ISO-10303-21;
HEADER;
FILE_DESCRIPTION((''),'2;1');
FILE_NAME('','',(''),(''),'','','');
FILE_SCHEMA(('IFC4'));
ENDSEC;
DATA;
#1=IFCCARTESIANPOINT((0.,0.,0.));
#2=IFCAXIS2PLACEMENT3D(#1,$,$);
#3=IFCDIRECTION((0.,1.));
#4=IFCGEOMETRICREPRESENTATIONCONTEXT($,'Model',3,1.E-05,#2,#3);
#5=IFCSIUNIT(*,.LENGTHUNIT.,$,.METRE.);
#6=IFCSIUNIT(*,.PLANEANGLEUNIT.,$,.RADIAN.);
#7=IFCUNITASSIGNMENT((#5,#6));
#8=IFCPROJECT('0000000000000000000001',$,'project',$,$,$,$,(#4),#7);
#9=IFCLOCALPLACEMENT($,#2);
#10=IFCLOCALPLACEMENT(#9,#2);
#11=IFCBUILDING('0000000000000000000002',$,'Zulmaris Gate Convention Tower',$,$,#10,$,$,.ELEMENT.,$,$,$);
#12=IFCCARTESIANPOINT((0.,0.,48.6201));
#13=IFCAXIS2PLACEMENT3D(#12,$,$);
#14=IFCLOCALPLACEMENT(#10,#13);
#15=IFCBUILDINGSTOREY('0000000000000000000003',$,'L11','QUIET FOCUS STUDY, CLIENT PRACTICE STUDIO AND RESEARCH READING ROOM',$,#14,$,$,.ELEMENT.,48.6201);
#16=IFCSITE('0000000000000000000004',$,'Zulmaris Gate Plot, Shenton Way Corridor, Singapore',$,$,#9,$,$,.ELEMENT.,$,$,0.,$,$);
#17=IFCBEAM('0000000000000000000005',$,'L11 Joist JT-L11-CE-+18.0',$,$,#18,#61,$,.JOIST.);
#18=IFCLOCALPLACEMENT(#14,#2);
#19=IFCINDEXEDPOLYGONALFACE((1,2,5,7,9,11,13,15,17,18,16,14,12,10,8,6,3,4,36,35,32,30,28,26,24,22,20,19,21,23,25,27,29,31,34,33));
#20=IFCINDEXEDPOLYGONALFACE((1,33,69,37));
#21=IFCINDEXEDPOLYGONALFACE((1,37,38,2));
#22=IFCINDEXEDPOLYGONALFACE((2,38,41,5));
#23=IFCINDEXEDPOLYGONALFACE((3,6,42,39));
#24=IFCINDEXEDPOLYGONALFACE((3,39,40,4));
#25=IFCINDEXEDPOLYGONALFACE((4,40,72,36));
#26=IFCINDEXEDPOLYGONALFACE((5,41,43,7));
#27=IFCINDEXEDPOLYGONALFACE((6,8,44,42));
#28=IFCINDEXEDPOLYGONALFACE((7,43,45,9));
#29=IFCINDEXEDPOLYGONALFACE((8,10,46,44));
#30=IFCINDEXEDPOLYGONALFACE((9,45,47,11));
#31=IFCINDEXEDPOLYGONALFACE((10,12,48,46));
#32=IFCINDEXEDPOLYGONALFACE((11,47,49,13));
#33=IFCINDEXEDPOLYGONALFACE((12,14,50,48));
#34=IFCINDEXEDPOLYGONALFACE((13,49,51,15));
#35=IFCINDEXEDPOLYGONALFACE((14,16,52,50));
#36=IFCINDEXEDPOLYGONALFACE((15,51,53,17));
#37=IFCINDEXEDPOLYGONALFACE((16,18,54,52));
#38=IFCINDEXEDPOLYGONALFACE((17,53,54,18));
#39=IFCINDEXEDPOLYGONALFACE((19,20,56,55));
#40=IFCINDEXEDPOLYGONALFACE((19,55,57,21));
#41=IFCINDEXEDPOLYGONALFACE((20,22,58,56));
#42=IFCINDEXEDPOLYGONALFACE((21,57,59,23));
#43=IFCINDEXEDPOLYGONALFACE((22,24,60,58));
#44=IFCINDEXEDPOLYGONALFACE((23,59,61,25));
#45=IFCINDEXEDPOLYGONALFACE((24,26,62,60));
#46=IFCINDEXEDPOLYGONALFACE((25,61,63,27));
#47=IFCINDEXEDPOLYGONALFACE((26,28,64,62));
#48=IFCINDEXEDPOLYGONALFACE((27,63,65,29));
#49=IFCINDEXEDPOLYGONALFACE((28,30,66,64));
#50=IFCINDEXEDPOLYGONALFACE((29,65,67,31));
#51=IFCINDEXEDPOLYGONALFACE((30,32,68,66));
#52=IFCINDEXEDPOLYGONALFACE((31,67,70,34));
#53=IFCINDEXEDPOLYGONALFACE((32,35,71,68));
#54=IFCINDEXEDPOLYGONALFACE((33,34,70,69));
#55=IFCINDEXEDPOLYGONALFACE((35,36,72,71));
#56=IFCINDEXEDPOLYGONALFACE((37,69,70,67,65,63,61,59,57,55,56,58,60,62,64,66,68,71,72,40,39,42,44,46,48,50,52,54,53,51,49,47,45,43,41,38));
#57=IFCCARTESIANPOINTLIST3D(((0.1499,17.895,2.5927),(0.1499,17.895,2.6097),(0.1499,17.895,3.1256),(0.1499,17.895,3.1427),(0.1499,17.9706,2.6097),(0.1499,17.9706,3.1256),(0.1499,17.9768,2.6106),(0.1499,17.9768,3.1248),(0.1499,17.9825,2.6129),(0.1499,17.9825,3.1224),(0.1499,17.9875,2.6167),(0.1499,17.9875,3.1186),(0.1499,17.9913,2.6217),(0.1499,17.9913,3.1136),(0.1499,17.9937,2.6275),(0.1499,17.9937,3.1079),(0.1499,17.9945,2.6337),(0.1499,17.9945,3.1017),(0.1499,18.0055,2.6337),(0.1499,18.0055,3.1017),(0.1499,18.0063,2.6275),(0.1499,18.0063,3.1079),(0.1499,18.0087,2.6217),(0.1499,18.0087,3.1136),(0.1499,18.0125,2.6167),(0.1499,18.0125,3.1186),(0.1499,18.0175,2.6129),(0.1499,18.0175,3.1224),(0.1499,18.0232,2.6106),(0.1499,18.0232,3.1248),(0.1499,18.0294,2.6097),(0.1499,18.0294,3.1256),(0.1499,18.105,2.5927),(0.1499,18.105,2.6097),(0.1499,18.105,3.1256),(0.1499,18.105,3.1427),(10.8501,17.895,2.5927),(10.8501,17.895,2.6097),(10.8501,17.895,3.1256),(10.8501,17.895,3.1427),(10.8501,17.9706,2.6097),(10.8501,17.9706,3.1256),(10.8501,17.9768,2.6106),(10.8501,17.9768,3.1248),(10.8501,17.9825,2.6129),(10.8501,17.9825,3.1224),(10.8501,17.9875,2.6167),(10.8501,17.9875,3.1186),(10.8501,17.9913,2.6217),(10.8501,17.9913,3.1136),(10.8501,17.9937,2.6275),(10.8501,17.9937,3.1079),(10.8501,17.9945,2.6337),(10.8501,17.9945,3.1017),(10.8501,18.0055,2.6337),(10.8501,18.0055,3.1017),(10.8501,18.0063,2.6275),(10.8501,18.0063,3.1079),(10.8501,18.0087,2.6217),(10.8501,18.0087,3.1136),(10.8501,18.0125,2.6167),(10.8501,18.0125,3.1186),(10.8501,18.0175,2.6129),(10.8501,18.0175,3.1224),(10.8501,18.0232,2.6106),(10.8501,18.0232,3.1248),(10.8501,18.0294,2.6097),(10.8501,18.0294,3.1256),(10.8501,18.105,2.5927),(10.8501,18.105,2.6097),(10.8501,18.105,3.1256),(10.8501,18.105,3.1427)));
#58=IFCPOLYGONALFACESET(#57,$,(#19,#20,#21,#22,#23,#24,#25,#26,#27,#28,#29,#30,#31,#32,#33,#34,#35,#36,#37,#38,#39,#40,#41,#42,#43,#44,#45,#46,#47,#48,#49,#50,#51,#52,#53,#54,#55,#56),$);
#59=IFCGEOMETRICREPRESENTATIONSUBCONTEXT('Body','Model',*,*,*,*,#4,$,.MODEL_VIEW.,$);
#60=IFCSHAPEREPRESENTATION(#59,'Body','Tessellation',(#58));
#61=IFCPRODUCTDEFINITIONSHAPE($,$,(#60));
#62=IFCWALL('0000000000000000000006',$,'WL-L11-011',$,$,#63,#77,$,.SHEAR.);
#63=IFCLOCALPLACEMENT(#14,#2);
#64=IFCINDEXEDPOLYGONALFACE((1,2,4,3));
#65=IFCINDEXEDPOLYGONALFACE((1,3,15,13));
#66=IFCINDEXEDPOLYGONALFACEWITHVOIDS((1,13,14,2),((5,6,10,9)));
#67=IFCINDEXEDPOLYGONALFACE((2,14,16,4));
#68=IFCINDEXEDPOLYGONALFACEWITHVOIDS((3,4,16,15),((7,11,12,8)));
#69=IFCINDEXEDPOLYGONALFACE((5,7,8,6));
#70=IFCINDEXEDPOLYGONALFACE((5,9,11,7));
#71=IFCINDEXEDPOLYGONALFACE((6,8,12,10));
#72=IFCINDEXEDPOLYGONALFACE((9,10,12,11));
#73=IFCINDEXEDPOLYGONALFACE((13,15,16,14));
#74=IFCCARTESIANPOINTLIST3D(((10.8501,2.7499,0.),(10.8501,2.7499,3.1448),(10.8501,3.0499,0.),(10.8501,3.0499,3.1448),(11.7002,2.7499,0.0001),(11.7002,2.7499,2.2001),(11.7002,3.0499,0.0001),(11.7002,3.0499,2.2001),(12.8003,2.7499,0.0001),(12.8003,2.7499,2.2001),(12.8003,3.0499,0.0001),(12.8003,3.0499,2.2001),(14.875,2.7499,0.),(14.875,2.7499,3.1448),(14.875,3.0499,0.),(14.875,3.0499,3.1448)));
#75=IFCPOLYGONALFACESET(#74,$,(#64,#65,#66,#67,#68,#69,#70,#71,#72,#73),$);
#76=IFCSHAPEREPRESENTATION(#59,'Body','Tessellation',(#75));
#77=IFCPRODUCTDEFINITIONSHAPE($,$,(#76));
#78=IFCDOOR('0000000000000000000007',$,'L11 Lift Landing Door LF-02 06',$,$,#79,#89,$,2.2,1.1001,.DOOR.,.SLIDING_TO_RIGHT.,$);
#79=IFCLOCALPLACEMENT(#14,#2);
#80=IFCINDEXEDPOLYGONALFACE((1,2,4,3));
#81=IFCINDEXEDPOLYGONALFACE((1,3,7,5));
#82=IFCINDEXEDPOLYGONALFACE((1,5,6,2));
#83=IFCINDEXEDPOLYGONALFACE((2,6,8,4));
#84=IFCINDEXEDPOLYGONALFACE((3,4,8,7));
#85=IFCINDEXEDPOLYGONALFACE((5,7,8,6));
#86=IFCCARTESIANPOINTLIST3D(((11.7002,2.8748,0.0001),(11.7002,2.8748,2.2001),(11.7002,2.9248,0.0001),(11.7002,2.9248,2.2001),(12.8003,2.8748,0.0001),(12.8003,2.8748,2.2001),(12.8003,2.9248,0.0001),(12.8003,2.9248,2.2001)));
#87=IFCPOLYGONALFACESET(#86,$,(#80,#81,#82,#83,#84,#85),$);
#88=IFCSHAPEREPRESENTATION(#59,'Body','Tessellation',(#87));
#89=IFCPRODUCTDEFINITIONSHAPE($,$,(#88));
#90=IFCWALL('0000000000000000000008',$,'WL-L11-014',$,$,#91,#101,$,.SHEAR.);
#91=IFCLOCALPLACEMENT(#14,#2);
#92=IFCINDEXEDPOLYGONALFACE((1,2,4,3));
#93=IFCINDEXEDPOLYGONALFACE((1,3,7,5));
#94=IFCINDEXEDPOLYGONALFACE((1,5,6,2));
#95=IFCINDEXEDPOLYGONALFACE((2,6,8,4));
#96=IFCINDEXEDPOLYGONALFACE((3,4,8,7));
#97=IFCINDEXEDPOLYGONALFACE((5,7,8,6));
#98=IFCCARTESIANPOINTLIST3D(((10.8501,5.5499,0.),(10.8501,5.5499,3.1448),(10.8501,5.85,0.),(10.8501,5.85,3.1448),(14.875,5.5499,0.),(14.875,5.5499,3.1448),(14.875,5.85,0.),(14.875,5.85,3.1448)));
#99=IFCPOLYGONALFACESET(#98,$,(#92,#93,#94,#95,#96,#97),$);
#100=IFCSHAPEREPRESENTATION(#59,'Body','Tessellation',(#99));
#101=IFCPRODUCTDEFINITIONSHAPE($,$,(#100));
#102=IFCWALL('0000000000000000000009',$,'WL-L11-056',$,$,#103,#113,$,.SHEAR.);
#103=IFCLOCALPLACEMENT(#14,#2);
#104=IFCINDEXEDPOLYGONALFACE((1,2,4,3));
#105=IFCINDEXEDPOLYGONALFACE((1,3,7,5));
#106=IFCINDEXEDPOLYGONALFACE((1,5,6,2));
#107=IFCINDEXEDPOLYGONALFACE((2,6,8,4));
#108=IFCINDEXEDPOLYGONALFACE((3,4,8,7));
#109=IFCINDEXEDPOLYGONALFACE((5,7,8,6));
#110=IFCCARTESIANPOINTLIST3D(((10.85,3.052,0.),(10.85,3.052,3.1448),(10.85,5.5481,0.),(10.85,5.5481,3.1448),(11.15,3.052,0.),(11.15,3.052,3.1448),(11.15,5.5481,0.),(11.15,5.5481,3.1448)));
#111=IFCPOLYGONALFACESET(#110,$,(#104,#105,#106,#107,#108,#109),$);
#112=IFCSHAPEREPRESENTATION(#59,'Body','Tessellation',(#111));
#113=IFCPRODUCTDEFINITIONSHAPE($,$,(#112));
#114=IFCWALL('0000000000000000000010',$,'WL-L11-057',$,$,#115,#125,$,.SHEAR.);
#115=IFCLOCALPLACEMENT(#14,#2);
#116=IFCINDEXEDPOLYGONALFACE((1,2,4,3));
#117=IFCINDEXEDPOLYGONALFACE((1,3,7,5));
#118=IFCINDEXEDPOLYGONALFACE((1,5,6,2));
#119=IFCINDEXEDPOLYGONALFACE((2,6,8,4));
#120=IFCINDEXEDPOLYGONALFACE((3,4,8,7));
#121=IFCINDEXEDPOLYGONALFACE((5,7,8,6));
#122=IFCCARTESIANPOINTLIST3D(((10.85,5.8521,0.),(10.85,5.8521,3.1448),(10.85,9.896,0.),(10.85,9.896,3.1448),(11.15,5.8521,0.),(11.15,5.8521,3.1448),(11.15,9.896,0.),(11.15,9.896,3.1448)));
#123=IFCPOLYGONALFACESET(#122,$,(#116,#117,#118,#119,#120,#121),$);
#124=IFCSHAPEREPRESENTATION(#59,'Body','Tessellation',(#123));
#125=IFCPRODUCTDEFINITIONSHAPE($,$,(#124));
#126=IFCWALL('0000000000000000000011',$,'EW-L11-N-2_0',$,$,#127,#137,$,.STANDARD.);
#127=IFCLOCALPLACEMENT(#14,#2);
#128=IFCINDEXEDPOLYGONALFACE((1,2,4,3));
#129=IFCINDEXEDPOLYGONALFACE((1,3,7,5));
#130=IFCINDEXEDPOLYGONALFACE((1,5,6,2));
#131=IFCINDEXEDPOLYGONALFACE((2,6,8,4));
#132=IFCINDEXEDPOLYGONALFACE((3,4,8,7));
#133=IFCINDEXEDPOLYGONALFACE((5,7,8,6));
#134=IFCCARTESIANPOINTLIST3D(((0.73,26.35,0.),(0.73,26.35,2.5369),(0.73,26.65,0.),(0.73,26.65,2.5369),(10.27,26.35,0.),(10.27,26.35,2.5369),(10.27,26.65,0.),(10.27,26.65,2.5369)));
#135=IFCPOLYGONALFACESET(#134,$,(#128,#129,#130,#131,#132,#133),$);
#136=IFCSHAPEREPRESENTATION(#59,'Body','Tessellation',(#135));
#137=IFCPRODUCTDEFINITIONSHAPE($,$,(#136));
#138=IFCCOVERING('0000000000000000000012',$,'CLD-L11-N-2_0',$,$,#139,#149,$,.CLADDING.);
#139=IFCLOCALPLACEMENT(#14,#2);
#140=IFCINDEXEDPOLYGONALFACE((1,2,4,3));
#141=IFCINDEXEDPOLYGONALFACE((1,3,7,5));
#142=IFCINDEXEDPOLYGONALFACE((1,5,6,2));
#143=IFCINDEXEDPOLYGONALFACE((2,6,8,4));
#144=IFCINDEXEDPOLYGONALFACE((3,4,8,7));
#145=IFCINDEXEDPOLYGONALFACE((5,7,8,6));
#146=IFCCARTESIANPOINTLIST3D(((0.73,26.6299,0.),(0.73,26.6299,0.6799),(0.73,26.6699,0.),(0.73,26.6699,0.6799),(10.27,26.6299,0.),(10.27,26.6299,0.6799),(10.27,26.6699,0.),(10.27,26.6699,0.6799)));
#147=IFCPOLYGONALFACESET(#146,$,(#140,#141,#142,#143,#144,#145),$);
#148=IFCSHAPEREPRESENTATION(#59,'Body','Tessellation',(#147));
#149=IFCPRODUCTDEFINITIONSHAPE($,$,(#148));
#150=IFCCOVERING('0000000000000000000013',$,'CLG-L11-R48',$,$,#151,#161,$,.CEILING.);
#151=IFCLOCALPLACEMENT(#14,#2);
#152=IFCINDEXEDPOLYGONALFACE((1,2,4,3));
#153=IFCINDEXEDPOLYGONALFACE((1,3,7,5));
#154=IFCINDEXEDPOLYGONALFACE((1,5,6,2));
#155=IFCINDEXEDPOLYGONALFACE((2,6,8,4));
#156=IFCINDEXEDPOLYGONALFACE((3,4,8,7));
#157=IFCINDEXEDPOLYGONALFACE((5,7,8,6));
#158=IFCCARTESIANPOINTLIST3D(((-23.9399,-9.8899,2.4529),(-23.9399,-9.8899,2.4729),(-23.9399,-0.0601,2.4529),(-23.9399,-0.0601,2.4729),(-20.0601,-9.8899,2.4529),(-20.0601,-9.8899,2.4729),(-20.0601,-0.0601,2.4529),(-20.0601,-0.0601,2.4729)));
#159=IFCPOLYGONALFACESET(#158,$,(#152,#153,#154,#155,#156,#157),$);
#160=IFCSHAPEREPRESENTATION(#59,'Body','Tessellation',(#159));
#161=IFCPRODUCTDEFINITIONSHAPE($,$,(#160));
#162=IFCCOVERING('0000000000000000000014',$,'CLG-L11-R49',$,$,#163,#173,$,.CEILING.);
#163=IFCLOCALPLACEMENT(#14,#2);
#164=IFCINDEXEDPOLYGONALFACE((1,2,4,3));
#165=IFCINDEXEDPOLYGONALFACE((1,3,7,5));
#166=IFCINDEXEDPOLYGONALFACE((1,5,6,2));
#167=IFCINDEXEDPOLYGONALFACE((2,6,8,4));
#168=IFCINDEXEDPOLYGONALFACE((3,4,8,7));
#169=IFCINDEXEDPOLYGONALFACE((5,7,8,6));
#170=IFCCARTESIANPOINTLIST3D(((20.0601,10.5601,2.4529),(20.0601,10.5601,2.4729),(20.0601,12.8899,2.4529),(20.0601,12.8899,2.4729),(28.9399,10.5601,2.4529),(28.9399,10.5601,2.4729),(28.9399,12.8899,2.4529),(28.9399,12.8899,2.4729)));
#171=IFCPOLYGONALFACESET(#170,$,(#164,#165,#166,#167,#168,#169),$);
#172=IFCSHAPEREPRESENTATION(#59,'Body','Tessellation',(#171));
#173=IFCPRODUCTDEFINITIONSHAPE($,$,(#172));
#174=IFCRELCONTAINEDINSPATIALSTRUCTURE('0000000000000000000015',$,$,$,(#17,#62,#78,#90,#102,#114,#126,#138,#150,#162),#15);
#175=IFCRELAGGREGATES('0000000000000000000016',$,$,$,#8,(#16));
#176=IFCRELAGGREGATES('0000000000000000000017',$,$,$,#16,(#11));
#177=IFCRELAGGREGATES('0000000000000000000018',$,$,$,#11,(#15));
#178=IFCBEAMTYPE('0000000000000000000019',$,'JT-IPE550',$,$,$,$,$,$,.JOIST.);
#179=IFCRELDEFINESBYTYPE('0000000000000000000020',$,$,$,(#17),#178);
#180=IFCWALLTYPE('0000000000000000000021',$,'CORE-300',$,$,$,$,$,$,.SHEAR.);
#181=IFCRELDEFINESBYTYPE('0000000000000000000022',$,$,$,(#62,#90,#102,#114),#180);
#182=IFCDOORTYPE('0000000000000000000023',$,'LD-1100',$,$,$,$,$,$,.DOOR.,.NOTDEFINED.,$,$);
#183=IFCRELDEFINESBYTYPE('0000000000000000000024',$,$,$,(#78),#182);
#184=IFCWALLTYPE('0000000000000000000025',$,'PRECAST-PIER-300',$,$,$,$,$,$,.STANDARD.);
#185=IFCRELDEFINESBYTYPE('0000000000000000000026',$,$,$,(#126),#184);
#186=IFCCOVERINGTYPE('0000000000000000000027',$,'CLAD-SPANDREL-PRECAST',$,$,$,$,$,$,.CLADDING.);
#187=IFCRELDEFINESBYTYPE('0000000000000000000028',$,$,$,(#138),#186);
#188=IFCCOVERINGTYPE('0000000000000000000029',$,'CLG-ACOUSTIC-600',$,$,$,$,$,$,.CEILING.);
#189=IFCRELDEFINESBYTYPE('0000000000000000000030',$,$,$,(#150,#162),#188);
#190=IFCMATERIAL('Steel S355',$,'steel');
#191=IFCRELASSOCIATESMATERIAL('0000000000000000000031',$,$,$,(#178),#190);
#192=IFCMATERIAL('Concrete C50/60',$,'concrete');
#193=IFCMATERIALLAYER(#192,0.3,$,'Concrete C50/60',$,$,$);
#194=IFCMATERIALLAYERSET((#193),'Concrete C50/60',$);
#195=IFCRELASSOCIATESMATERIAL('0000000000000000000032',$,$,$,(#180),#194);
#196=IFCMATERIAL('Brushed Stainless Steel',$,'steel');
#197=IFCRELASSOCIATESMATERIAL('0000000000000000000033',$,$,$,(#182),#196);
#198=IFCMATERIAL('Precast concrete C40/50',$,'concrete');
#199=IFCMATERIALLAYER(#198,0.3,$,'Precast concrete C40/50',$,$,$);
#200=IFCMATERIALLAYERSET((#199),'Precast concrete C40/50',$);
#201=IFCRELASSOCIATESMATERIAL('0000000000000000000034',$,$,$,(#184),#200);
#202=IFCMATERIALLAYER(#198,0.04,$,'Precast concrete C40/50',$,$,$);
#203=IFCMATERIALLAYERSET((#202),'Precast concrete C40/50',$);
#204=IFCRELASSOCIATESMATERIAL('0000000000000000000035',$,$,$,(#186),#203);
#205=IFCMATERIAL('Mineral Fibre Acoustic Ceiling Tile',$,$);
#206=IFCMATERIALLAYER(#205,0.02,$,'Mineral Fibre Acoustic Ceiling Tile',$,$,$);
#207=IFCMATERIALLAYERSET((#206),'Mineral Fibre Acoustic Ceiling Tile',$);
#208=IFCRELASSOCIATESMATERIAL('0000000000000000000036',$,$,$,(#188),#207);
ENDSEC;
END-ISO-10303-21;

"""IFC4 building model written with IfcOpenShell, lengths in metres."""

from ifc_helpers import new_model, si_unit, direction, frame, frame_2d, origin, origin_2d, place, context, subcontext, project, spatial, polyline, rectangle, i_section, outline, extrude, material, layer, layer_set, material_profile, profile_set, type_object, element, fill, save


model = new_model("IFC4")

# Units and contexts
model_context = context("Model", 3, precision=1e-05, world=origin(), true_north=direction((0.0, 1.0)))
body_context = subcontext(model_context, "Body", "Model", "MODEL_VIEW")
ifc_project = project(units=[si_unit("LENGTHUNIT", "METRE"), si_unit("PLANEANGLEUNIT", "RADIAN")], contexts=[model_context])

# Site, building, storey
site_placement = place(None, origin())
site = spatial("IfcSite", under=ifc_project, at=site_placement, Name="Zulmaris Gate Plot, Shenton Way Corridor, Singapore", CompositionType="ELEMENT", RefElevation=0.0)
building_placement = place(site_placement, origin())
building = spatial("IfcBuilding", under=site, at=building_placement, Name="Zulmaris Gate Convention Tower", CompositionType="ELEMENT")
storey_placement = place(building_placement, frame((0.0, 0.0, 48.6201)))
storey = spatial("IfcBuildingStorey", under=building, at=storey_placement, Name="L11", Description="QUIET FOCUS STUDY, CLIENT PRACTICE STUDIO AND RESEARCH READING ROOM", CompositionType="ELEMENT", Elevation=48.6201)

# Beam
ifc_material_1 = material(Name="Steel S355", Category="steel")
ifc_material_profile_1 = material_profile(ifc_material_1, i_section(OverallWidth=0.21, OverallDepth=0.55, WebThickness=0.011, FlangeThickness=0.0171, FilletRadius=0.0239, at=origin_2d()), Name="IPE 550")
ifc_profile_set_1 = profile_set([ifc_material_profile_1], Name="Steel S355")
beam_type_1 = type_object("IfcBeamType", Name="JT-IPE550", PredefinedType="JOIST", material=ifc_profile_set_1)
for number, where, z_axis, x_axis, name in (
    (1, (0.1499, 18.0, 2.8677), (1.0, 0.0, 0.0), (0.0, 1.0, 0.0), "L11 Joist JT-L11-CE-+18.0"),
):
    element("IfcBeam", number, at=place(storey_placement, frame(where, z_axis=z_axis, x_axis=x_axis)), inside=storey, type_object=beam_type_1, Name=name, PredefinedType="JOIST", context=body_context, shape_type="SweptSolid", body=[
        extrude(i_section(OverallWidth=0.21, OverallDepth=0.55, WebThickness=0.011, FlangeThickness=0.0171, FilletRadius=0.0239, at=origin_2d()), origin(), (0.0, 0.0, 1.0), 10.7002),
    ])

# Wall, opening, door
ifc_material_2 = material(Name="Concrete C50/60", Category="concrete")
ifc_layer_1 = layer(ifc_material_2, 0.3, Name="Concrete C50/60")
ifc_layer_set_1 = layer_set([ifc_layer_1], Name="Concrete C50/60")
wall_type_1 = type_object("IfcWallType", Name="CORE-300", PredefinedType="SHEAR", material=ifc_layer_set_1)
wall_1_placement = place(storey_placement, frame((10.8501, 2.8999, 0.0), z_axis=(0.0, 0.0, 1.0), x_axis=(1.0, 0.0, 0.0)))
wall_1 = element("IfcWall", 2, at=wall_1_placement, inside=storey, type_object=wall_type_1, Name="WL-L11-011", PredefinedType="SHEAR", context=body_context, shape_type="SweptSolid", body=[
    extrude(rectangle(XDim=4.0249, YDim=0.3, at=frame_2d((2.0125, 0.0))), origin(), (0.0, 0.0, 1.0), 3.1448),
])
opening_1_placement = place(wall_1_placement, frame((0.8501, 0.0, 0.0)))
opening_1 = element("IfcOpeningElement", 3, at=opening_1_placement, cuts=wall_1, PredefinedType="OPENING", context=body_context, shape_type="SweptSolid", body=[
    extrude(rectangle(XDim=1.1001, YDim=2.2, at=frame_2d((0.55, 1.1001))), frame((0.0, 0.1602, 0.0), z_axis=(0.0, -1.0, 0.0), x_axis=(1.0, 0.0, 0.0)), (0.0, 0.0, 1.0), 0.3201),
])
ifc_material_3 = material(Name="Brushed Stainless Steel", Category="steel")
door_type_1 = type_object("IfcDoorType", Name="LD-1100", OperationType="NOTDEFINED", PredefinedType="DOOR", material=ifc_material_3)
door_1_placement = place(opening_1_placement, origin())
door_1 = element("IfcDoor", 4, at=door_1_placement, inside=storey, type_object=door_type_1, Name="L11 Lift Landing Door LF-02 06", OperationType="SLIDING_TO_RIGHT", OverallHeight=2.2, OverallWidth=1.1001, PredefinedType="DOOR", context=body_context, shape_type="SweptSolid", body=[
    extrude(rectangle(XDim=1.1001, YDim=2.2, at=frame_2d((0.55, 1.1001))), frame((0.0, 0.0249, 0.0), z_axis=(0.0, -1.0, 0.0), x_axis=(1.0, 0.0, 0.0)), (0.0, 0.0, 1.0), 0.05),
])
fill(opening_1, door_1)

# Wall
wall_2_placement = place(storey_placement, frame((10.8501, 5.7, 0.0), z_axis=(0.0, 0.0, 1.0), x_axis=(1.0, 0.0, 0.0)))
element("IfcWall", 5, at=wall_2_placement, inside=storey, type_object=wall_type_1, Name="WL-L11-014", PredefinedType="SHEAR", context=body_context, shape_type="SweptSolid", body=[
    extrude(rectangle(XDim=4.0249, YDim=0.3, at=frame_2d((2.0125, 0.0))), origin(), (0.0, 0.0, 1.0), 3.1448),
])

# Walls
wall_3_placement = place(storey_placement, frame((11.0, 3.052, 0.0), z_axis=(0.0, 0.0, 1.0), x_axis=(0.0, 1.0, 0.0)))
element("IfcWall", 6, at=wall_3_placement, inside=storey, type_object=wall_type_1, Name="WL-L11-056", PredefinedType="SHEAR", context=body_context, shape_type="SweptSolid", body=[
    extrude(rectangle(XDim=2.4961, YDim=0.3, at=frame_2d((1.248, 0.0))), origin(), (0.0, 0.0, 1.0), 3.1448),
])
wall_4_placement = place(storey_placement, frame((11.0, 5.8521, 0.0), z_axis=(0.0, 0.0, 1.0), x_axis=(0.0, 1.0, 0.0)))
element("IfcWall", 7, at=wall_4_placement, inside=storey, type_object=wall_type_1, Name="WL-L11-057", PredefinedType="SHEAR", context=body_context, shape_type="SweptSolid", body=[
    extrude(rectangle(XDim=4.0439, YDim=0.3, at=frame_2d((2.022, 0.0))), origin(), (0.0, 0.0, 1.0), 3.1448),
])
ifc_material_4 = material(Name="Precast concrete C40/50", Category="concrete")
ifc_layer_2 = layer(ifc_material_4, 0.3, Name="Precast concrete C40/50")
ifc_layer_set_2 = layer_set([ifc_layer_2], Name="Precast concrete C40/50")
wall_type_2 = type_object("IfcWallType", Name="PRECAST-PIER-300", PredefinedType="STANDARD", material=ifc_layer_set_2)
wall_5_placement = place(storey_placement, frame((10.27, 26.5, 0.0), z_axis=(0.0, 0.0, 1.0), x_axis=(-1.0, 0.0, 0.0)))
element("IfcWall", 8, at=wall_5_placement, inside=storey, type_object=wall_type_2, Name="EW-L11-N-2_0", PredefinedType="STANDARD", context=body_context, shape_type="SweptSolid", body=[
    extrude(rectangle(XDim=9.54, YDim=0.3, at=frame_2d((4.77, 0.0))), origin(), (0.0, 0.0, 1.0), 2.5369),
])

# Coverings
ifc_layer_3 = layer(ifc_material_4, 0.04, Name="Precast concrete C40/50")
ifc_layer_set_3 = layer_set([ifc_layer_3], Name="Precast concrete C40/50")
covering_type_1 = type_object("IfcCoveringType", Name="CLAD-SPANDREL-PRECAST", PredefinedType="CLADDING", material=ifc_layer_set_3)
covering_1_placement = place(storey_placement, frame((10.27, 26.6499, 0.0), z_axis=(0.0, 0.0, 1.0), x_axis=(-1.0, 0.0, 0.0)))
element("IfcCovering", 9, at=covering_1_placement, inside=storey, type_object=covering_type_1, Name="CLD-L11-N-2_0", PredefinedType="CLADDING", context=body_context, shape_type="SweptSolid", body=[
    extrude(rectangle(XDim=9.54, YDim=0.04, at=frame_2d((4.77, 0.0))), origin(), (0.0, 0.0, 1.0), 0.6799),
])
ifc_material_5 = material(Name="Mineral Fibre Acoustic Ceiling Tile")
ifc_layer_4 = layer(ifc_material_5, 0.02, Name="Mineral Fibre Acoustic Ceiling Tile")
ifc_layer_set_4 = layer_set([ifc_layer_4], Name="Mineral Fibre Acoustic Ceiling Tile")
covering_type_2 = type_object("IfcCoveringType", Name="CLG-ACOUSTIC-600", PredefinedType="CEILING", material=ifc_layer_set_4)
covering_2_placement = place(storey_placement, frame((0.0, 0.0, 2.4529)))
element("IfcCovering", 10, at=covering_2_placement, inside=storey, type_object=covering_type_2, Name="CLG-L11-R48", PredefinedType="CEILING", context=body_context, shape_type="SweptSolid", body=[
    extrude(outline(polyline([(-23.9399, -9.8899), (-20.0601, -9.8899), (-20.0601, -0.0601), (-23.9399, -0.0601), (-23.9399, -9.8899)])), origin(), (0.0, 0.0, 1.0), 0.02),
])
covering_3_placement = place(storey_placement, frame((0.0, 0.0, 2.4529)))
element("IfcCovering", 11, at=covering_3_placement, inside=storey, type_object=covering_type_2, Name="CLG-L11-R49", PredefinedType="CEILING", context=body_context, shape_type="SweptSolid", body=[
    extrude(outline(polyline([(20.0601, 10.5601), (28.9399, 10.5601), (28.9399, 12.8899), (20.0601, 12.8899), (20.0601, 10.5601)])), origin(), (0.0, 0.0, 1.0), 0.02),
])

save(model, "model.ifc")
